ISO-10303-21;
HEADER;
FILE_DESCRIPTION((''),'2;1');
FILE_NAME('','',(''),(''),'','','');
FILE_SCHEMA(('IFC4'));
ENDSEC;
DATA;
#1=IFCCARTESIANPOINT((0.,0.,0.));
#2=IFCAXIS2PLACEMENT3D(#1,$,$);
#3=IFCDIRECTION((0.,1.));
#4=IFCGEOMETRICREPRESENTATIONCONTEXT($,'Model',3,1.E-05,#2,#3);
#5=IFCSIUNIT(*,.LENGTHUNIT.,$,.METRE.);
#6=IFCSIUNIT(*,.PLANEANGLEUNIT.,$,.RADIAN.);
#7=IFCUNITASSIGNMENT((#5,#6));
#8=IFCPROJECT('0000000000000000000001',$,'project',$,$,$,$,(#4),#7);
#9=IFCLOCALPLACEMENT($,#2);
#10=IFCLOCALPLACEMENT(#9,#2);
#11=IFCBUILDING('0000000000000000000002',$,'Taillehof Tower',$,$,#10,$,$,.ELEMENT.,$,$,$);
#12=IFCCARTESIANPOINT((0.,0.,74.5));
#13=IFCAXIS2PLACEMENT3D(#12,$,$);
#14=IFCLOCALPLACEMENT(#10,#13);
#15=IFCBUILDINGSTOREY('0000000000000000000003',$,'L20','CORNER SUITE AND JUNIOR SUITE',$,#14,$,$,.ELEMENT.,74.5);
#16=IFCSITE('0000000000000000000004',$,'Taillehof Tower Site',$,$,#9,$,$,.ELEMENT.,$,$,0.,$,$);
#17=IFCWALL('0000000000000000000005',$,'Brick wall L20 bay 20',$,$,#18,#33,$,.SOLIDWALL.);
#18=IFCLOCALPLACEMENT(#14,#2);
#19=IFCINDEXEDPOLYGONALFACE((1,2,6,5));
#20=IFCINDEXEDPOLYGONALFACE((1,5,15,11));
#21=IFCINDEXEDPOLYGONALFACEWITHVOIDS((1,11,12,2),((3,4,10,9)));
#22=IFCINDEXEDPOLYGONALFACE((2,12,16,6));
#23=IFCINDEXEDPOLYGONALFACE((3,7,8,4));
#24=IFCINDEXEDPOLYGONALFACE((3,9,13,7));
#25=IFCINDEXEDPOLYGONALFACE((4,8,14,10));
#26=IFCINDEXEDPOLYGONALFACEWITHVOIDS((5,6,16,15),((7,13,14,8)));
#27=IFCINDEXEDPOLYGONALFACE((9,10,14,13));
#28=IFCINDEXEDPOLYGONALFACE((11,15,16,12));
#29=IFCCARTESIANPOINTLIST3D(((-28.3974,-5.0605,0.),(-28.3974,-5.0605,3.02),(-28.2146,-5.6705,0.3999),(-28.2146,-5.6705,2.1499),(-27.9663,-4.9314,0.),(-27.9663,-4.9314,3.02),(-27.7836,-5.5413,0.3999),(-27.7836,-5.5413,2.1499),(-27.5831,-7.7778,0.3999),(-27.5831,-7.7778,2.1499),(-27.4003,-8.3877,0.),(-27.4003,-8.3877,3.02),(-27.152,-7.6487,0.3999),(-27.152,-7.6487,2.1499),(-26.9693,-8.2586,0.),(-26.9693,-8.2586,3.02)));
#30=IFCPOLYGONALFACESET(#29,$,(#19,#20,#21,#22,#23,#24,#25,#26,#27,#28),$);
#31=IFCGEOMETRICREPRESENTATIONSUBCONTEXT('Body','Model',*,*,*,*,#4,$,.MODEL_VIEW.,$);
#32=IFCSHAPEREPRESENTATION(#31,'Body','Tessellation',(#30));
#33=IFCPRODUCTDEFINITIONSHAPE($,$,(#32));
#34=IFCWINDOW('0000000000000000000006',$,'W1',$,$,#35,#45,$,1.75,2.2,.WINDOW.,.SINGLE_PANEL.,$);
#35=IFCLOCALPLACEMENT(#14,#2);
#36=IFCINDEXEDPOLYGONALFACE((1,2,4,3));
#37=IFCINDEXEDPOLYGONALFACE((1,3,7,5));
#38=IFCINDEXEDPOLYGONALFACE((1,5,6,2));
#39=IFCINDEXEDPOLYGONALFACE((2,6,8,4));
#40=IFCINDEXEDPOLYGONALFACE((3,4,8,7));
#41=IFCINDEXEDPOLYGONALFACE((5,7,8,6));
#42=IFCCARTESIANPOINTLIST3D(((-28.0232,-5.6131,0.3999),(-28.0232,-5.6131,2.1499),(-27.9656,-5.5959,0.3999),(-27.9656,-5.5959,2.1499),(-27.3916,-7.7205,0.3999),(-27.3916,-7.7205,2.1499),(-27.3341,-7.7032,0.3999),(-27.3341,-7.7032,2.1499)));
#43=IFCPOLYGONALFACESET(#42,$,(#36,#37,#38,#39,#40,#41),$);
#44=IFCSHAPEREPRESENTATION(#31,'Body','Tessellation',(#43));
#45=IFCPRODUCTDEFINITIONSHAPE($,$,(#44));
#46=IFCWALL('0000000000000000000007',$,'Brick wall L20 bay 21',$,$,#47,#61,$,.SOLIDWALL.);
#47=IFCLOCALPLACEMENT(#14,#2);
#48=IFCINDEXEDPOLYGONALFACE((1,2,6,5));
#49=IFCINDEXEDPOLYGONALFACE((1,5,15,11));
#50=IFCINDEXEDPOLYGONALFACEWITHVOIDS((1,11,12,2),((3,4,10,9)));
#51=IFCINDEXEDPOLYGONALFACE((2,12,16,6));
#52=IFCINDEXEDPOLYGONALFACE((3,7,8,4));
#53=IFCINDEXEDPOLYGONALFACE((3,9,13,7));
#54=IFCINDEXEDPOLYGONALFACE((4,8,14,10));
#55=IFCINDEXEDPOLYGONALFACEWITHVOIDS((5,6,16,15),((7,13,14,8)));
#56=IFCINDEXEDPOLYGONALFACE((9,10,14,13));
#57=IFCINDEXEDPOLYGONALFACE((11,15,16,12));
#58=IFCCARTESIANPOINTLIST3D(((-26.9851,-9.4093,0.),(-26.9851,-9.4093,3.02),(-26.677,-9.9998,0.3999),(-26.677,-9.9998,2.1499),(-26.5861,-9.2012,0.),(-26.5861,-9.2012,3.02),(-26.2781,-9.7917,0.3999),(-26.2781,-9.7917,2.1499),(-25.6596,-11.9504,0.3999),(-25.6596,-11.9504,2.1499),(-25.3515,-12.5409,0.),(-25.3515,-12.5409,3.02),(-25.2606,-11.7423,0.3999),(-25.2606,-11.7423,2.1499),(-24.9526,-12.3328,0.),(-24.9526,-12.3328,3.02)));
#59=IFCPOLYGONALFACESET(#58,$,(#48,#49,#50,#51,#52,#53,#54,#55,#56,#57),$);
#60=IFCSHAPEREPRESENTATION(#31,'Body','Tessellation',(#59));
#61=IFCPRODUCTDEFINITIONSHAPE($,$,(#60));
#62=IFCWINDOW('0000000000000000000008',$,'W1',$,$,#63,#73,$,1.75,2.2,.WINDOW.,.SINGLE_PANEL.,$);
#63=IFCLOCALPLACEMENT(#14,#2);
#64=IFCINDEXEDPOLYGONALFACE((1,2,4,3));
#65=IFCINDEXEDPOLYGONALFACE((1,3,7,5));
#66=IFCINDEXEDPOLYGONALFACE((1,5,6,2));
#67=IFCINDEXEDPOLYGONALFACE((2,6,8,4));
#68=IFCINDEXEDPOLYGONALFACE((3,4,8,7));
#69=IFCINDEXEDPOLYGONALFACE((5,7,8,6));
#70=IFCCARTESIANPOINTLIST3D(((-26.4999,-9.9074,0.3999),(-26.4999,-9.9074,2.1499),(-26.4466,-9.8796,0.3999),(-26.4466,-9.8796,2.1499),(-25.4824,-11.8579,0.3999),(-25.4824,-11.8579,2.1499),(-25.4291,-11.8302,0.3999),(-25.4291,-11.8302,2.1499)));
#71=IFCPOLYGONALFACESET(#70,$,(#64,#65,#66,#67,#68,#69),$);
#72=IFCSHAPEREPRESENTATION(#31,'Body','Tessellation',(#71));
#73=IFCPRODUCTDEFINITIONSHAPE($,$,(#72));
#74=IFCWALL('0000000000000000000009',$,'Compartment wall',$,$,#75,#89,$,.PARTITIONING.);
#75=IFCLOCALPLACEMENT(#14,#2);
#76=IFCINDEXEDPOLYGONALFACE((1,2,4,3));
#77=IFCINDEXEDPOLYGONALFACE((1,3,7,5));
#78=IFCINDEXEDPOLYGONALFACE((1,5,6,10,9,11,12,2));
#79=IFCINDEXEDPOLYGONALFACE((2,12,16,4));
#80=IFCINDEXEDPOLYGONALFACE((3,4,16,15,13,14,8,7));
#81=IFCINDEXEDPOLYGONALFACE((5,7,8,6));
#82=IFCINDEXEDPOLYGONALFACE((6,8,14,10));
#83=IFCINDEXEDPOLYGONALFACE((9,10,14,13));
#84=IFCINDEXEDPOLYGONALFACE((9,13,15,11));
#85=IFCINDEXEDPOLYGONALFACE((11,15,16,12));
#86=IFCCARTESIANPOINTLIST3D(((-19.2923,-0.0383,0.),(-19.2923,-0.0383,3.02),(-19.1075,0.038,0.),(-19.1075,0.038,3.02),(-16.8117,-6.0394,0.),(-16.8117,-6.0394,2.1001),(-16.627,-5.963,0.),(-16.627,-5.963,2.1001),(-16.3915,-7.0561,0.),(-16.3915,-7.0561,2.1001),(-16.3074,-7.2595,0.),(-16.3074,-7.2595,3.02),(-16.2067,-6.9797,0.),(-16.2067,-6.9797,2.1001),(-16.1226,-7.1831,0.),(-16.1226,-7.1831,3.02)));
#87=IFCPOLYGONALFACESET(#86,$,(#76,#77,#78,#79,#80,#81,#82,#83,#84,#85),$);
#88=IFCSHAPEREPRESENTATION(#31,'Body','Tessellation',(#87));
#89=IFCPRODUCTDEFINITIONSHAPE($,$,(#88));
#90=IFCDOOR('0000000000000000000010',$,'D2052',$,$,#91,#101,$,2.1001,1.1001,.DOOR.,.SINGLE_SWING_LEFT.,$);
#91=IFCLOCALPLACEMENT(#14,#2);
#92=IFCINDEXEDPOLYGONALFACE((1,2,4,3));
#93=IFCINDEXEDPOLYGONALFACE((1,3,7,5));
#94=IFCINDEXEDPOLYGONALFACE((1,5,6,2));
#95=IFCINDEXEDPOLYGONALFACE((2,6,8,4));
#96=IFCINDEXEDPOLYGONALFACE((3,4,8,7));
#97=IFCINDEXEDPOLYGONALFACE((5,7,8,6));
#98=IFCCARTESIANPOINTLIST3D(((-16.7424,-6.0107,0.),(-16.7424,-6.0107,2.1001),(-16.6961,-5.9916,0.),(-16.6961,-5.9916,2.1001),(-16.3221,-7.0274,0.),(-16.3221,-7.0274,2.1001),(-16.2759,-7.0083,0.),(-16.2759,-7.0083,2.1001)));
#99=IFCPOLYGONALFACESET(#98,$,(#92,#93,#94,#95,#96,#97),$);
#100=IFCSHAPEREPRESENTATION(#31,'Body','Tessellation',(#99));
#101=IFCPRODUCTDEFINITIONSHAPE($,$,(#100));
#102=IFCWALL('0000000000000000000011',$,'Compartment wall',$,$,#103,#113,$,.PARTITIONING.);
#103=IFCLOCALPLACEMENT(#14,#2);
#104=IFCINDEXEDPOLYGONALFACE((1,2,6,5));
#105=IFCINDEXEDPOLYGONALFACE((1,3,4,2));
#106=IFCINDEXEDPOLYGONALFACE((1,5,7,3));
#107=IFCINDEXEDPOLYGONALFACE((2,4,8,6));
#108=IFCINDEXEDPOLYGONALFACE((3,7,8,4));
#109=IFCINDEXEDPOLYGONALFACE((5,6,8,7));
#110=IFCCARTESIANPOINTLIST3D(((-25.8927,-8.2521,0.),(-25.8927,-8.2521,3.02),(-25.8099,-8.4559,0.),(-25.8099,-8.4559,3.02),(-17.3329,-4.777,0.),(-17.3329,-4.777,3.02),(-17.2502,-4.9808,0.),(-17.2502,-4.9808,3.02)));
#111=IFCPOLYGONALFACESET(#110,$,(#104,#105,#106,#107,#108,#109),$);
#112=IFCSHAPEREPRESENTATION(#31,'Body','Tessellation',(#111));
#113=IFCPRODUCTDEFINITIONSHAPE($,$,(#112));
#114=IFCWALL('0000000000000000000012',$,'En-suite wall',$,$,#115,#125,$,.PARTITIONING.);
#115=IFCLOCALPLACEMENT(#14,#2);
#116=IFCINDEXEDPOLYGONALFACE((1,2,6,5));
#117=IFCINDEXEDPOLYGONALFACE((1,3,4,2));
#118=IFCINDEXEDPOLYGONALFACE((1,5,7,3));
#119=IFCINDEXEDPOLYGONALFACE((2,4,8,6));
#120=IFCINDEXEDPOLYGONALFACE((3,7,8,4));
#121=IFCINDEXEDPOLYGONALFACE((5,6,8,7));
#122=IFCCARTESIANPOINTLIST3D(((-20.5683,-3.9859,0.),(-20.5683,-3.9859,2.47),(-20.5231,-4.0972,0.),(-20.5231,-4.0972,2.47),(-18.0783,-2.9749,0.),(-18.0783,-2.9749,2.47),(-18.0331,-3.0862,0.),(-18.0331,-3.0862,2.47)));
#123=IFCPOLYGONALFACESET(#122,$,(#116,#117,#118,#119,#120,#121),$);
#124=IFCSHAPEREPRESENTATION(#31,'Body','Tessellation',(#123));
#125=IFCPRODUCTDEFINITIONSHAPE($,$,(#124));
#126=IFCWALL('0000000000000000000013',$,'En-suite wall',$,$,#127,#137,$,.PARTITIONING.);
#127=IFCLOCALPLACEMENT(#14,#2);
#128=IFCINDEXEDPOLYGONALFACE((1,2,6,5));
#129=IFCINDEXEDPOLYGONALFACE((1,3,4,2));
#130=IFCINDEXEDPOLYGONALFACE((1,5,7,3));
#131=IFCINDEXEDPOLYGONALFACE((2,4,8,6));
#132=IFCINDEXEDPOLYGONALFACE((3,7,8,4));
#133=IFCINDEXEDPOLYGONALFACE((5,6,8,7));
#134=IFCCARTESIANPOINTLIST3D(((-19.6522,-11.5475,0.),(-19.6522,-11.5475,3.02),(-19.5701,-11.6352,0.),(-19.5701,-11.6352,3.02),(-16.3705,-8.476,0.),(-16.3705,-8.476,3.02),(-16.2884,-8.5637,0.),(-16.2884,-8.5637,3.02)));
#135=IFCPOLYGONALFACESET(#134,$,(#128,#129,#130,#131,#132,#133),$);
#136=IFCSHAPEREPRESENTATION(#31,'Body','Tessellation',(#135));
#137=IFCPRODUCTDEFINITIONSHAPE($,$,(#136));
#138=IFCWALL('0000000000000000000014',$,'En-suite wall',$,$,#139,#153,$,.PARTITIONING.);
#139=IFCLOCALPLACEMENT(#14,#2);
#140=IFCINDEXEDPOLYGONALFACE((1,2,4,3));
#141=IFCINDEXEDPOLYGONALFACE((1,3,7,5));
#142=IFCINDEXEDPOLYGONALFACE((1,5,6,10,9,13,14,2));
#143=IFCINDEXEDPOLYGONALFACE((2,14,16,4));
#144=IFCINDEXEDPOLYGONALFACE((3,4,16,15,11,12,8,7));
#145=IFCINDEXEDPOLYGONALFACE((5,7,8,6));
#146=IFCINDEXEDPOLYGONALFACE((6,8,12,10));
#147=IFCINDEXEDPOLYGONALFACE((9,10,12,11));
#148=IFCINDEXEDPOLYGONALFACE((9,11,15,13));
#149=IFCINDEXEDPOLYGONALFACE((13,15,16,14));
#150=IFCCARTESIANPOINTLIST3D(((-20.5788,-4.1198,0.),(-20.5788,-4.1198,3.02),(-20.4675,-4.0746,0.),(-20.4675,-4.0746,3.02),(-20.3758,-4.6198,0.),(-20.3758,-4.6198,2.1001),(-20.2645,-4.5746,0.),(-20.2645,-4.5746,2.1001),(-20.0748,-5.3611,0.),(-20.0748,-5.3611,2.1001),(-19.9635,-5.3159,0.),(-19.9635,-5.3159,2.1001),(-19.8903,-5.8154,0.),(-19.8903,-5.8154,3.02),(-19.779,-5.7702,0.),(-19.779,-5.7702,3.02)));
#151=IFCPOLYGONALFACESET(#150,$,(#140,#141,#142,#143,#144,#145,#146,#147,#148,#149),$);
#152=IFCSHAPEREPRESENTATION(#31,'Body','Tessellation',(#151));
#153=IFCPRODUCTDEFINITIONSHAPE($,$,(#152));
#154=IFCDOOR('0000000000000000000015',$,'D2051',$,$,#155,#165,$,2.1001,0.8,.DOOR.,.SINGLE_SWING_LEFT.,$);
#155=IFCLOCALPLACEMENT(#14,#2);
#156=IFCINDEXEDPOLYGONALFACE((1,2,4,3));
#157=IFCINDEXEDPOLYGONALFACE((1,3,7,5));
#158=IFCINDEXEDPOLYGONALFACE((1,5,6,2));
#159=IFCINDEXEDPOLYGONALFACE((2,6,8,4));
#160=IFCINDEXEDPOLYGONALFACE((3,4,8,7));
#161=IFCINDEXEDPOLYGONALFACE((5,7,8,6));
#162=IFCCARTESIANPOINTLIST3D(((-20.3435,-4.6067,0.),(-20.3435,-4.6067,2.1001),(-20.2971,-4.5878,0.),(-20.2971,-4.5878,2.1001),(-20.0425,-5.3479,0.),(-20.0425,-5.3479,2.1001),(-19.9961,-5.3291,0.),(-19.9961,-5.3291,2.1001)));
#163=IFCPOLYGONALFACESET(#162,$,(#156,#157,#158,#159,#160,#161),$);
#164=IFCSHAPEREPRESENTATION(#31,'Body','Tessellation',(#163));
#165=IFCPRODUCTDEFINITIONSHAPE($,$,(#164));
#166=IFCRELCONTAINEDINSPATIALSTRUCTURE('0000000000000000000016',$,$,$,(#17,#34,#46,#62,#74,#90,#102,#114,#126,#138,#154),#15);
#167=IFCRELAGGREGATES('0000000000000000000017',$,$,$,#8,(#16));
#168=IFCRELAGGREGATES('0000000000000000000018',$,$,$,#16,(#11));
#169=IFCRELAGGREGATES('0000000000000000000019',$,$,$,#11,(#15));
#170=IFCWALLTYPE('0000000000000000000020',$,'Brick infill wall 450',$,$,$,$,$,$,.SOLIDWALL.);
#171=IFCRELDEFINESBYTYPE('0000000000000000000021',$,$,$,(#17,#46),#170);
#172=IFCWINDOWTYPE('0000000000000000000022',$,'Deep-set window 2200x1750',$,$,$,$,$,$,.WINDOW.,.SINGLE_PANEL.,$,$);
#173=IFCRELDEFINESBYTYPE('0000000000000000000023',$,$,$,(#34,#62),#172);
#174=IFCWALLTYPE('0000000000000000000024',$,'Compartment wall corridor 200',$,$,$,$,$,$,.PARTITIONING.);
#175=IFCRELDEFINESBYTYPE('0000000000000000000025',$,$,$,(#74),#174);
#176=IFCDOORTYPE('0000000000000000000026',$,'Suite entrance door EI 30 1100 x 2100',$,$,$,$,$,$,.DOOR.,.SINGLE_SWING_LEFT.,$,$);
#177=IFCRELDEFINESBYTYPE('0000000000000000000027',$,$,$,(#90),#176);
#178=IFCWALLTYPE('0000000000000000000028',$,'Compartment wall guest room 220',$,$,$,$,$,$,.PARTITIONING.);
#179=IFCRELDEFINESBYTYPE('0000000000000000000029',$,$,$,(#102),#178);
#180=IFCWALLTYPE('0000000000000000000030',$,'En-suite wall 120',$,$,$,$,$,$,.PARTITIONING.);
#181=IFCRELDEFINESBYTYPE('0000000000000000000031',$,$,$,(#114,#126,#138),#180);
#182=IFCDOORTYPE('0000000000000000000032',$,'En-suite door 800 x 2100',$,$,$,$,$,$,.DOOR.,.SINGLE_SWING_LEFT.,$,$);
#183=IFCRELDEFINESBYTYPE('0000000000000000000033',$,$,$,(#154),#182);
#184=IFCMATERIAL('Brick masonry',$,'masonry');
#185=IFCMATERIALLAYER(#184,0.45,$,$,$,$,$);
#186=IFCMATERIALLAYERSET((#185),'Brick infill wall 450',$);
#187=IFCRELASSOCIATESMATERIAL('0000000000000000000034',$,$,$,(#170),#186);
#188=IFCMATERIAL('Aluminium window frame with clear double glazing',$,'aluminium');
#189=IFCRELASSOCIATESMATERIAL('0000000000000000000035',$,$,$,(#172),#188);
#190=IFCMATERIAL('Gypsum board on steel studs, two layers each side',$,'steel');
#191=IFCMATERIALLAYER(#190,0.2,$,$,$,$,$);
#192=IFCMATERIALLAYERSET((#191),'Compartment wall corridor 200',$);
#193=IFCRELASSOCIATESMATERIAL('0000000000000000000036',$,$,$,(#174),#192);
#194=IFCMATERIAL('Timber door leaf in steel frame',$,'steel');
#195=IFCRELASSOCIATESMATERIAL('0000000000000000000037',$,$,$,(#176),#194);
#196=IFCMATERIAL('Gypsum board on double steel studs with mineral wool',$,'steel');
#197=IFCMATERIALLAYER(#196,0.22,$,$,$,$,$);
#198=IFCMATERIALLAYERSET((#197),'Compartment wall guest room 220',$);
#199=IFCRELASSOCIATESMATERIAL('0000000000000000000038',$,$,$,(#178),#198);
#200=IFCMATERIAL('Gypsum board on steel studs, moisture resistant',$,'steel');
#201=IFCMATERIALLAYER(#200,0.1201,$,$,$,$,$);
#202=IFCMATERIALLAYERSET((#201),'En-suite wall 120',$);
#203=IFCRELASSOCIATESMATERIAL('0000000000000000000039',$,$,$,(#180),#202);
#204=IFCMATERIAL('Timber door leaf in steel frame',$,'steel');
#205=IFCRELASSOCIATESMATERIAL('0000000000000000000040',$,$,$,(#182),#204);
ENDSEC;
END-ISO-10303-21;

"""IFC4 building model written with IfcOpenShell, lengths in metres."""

from ifc_helpers import new_model, si_unit, direction, frame, frame_2d, origin, place, context, subcontext, project, spatial, rectangle, extrude, material, layer, layer_set, type_object, element, fill, save


model = new_model("IFC4")

# Units and contexts
model_context = context("Model", 3, precision=1e-05, world=origin(), true_north=direction((0.0, 1.0)))
body_context = subcontext(model_context, "Body", "Model", "MODEL_VIEW")
ifc_project = project(units=[si_unit("LENGTHUNIT", "METRE"), si_unit("PLANEANGLEUNIT", "RADIAN")], contexts=[model_context])

# Site, building, storey
site_placement = place(None, origin())
site = spatial("IfcSite", under=ifc_project, at=site_placement, Name="Taillehof Tower Site", CompositionType="ELEMENT", RefElevation=0.0)
building_placement = place(site_placement, origin())
building = spatial("IfcBuilding", under=site, at=building_placement, Name="Taillehof Tower", CompositionType="ELEMENT")
storey_placement = place(building_placement, frame((0.0, 0.0, 74.5)))
storey = spatial("IfcBuildingStorey", under=building, at=storey_placement, Name="L20", Description="CORNER SUITE AND JUNIOR SUITE", CompositionType="ELEMENT", Elevation=74.5)

# Walls, openings, windows
ifc_material_1 = material(Name="Brick masonry", Category="masonry")
ifc_layer_1 = layer(ifc_material_1, 0.45)
ifc_layer_set_1 = layer_set([ifc_layer_1], Name="Brick infill wall 450")
wall_type_1 = type_object("IfcWallType", Name="Brick infill wall 450", PredefinedType="SOLIDWALL", material=ifc_layer_set_1)
ifc_material_2 = material(Name="Aluminium window frame with clear double glazing", Category="aluminium")
window_type = type_object("IfcWindowType", Name="Deep-set window 2200x1750", PartitioningType="SINGLE_PANEL", PredefinedType="WINDOW", material=ifc_material_2)
wall_1_placement = place(storey_placement, frame((-28.1819, -4.9958, 0.0), z_axis=(0.0, 0.0, 1.0), x_axis=(0.287064, -0.957911, 0.0)))
wall_1 = element("IfcWall", 1, at=wall_1_placement, inside=storey, type_object=wall_type_1, Name="Brick wall L20 bay 20", PredefinedType="SOLIDWALL", context=body_context, shape_type="SweptSolid", body=[
    extrude(rectangle(XDim=3.4734, YDim=0.45, at=frame_2d((1.7368, 0.0))), origin(), (0.0, 0.0, 1.0), 3.02),
])
opening_1_placement = place(wall_1_placement, frame((0.6367, 0.0, 0.3999)))
opening_1 = element("IfcOpeningElement", 2, at=opening_1_placement, cuts=wall_1, PredefinedType="OPENING", context=body_context, shape_type="SweptSolid", body=[
    extrude(rectangle(XDim=2.2, YDim=1.75, at=frame_2d((1.1001, 0.875))), frame((0.0, 0.2349, 0.0), z_axis=(0.0, -1.0, 0.0), x_axis=(1.0, 0.0, 0.0)), (0.0, 0.0, 1.0), 0.47),
])
window_1_placement = place(opening_1_placement, origin())
window_1 = element("IfcWindow", 3, at=window_1_placement, inside=storey, type_object=window_type, Name="W1", OverallHeight=1.75, OverallWidth=2.2, PartitioningType="SINGLE_PANEL", PredefinedType="WINDOW", context=body_context, shape_type="SweptSolid", body=[
    extrude(rectangle(XDim=2.2, YDim=1.75, at=frame_2d((1.1001, 0.875))), frame((0.0, 0.0349, 0.0), z_axis=(0.0, -1.0, 0.0), x_axis=(1.0, 0.0, 0.0)), (0.0, 0.0, 1.0), 0.0601),
])
fill(opening_1, window_1)
wall_2_placement = place(storey_placement, frame((-26.7856, -9.3052, 0.0), z_axis=(0.0, 0.0, 1.0), x_axis=(0.462493, -0.886623, 0.0)))
wall_2 = element("IfcWall", 4, at=wall_2_placement, inside=storey, type_object=wall_type_1, Name="Brick wall L20 bay 21", PredefinedType="SOLIDWALL", context=body_context, shape_type="SweptSolid", body=[
    extrude(rectangle(XDim=3.532, YDim=0.45, at=frame_2d((1.7661, 0.0))), origin(), (0.0, 0.0, 1.0), 3.02),
])
opening_2_placement = place(wall_2_placement, frame((0.666, 0.0, 0.3999)))
opening_2 = element("IfcOpeningElement", 5, at=opening_2_placement, cuts=wall_2, PredefinedType="OPENING", context=body_context, shape_type="SweptSolid", body=[
    extrude(rectangle(XDim=2.2, YDim=1.75, at=frame_2d((1.1001, 0.875))), frame((0.0, 0.2349, 0.0), z_axis=(0.0, -1.0, 0.0), x_axis=(1.0, 0.0, 0.0)), (0.0, 0.0, 1.0), 0.47),
])
window_2_placement = place(opening_2_placement, origin())
window_2 = element("IfcWindow", 6, at=window_2_placement, inside=storey, type_object=window_type, Name="W1", OverallHeight=1.75, OverallWidth=2.2, PartitioningType="SINGLE_PANEL", PredefinedType="WINDOW", context=body_context, shape_type="SweptSolid", body=[
    extrude(rectangle(XDim=2.2, YDim=1.75, at=frame_2d((1.1001, 0.875))), frame((0.0, 0.0349, 0.0), z_axis=(0.0, -1.0, 0.0), x_axis=(1.0, 0.0, 0.0)), (0.0, 0.0, 1.0), 0.0601),
])
fill(opening_2, window_2)

# Wall, opening, door
ifc_material_3 = material(Name="Gypsum board on steel studs, two layers each side", Category="steel")
ifc_layer_2 = layer(ifc_material_3, 0.2)
ifc_layer_set_2 = layer_set([ifc_layer_2], Name="Compartment wall corridor 200")
wall_type_2 = type_object("IfcWallType", Name="Compartment wall corridor 200", PredefinedType="PARTITIONING", material=ifc_layer_set_2)
wall_3_placement = place(storey_placement, frame((-16.2151, -7.2212, 0.0), z_axis=(0.0, 0.0, 1.0), x_axis=(-0.382, 0.924162, 0.0)))
wall_3 = element("IfcWall", 7, at=wall_3_placement, inside=storey, type_object=wall_type_2, Name="Compartment wall", PredefinedType="PARTITIONING", context=body_context, shape_type="SweptSolid", body=[
    extrude(rectangle(XDim=7.8137, YDim=0.2, at=frame_2d((3.9067, 0.0))), origin(), (0.0, 0.0, 1.0), 3.02),
])
opening_3_placement = place(wall_3_placement, frame((0.22, 0.0, 0.0)))
opening_3 = element("IfcOpeningElement", 8, at=opening_3_placement, cuts=wall_3, PredefinedType="OPENING", context=body_context, shape_type="SweptSolid", body=[
    extrude(rectangle(XDim=1.1001, YDim=2.1001, at=frame_2d((0.55, 1.05))), frame((0.0, 0.1099, 0.0), z_axis=(0.0, -1.0, 0.0), x_axis=(1.0, 0.0, 0.0)), (0.0, 0.0, 1.0), 0.22),
])
ifc_material_4 = material(Name="Timber door leaf in steel frame", Category="steel")
door_type_1 = type_object("IfcDoorType", Name="Suite entrance door EI 30 1100 x 2100", OperationType="SINGLE_SWING_LEFT", PredefinedType="DOOR", material=ifc_material_4)
door_1_placement = place(opening_3_placement, origin())
door_1 = element("IfcDoor", 9, at=door_1_placement, inside=storey, type_object=door_type_1, Name="D2052", OperationType="SINGLE_SWING_LEFT", OverallHeight=2.1001, OverallWidth=1.1001, PredefinedType="DOOR", context=body_context, shape_type="SweptSolid", body=[
    extrude(rectangle(XDim=1.1001, YDim=2.1001, at=frame_2d((0.55, 1.05))), frame((0.0, 0.0249, 0.0), z_axis=(0.0, -1.0, 0.0), x_axis=(1.0, 0.0, 0.0)), (0.0, 0.0, 1.0), 0.05),
])
fill(opening_3, door_1)

# Walls
ifc_material_5 = material(Name="Gypsum board on double steel studs with mineral wool", Category="steel")
ifc_layer_3 = layer(ifc_material_5, 0.22)
ifc_layer_set_3 = layer_set([ifc_layer_3], Name="Compartment wall guest room 220")
wall_type_3 = type_object("IfcWallType", Name="Compartment wall guest room 220", PredefinedType="PARTITIONING", material=ifc_layer_set_3)
wall_4_placement = place(storey_placement, frame((-25.8513, -8.354, 0.0), z_axis=(0.0, 0.0, 1.0), x_axis=(0.926554, 0.376161, 0.0)))
element("IfcWall", 10, at=wall_4_placement, inside=storey, type_object=wall_type_3, Name="Compartment wall", PredefinedType="PARTITIONING", context=body_context, shape_type="SweptSolid", body=[
    extrude(rectangle(XDim=9.2383, YDim=0.22, at=frame_2d((4.6191, 0.0))), origin(), (0.0, 0.0, 1.0), 3.02),
])
ifc_material_6 = material(Name="Gypsum board on steel studs, moisture resistant", Category="steel")
ifc_layer_4 = layer(ifc_material_6, 0.1201)
ifc_layer_set_4 = layer_set([ifc_layer_4], Name="En-suite wall 120")
wall_type_4 = type_object("IfcWallType", Name="En-suite wall 120", PredefinedType="PARTITIONING", material=ifc_layer_set_4)
wall_5_placement = place(storey_placement, frame((-18.0557, -3.0305, 0.0), z_axis=(0.0, 0.0, 1.0), x_axis=(-0.926541, -0.376194, 0.0)))
element("IfcWall", 11, at=wall_5_placement, inside=storey, type_object=wall_type_4, Name="En-suite wall", PredefinedType="PARTITIONING", context=body_context, shape_type="SweptSolid", body=[
    extrude(rectangle(XDim=2.6875, YDim=0.1201, at=frame_2d((1.3438, 0.0))), origin(), (0.0, 0.0, 1.0), 2.47),
])
wall_6_placement = place(storey_placement, frame((-16.3293, -8.5198, 0.0), z_axis=(0.0, 0.0, 1.0), x_axis=(-0.730103, -0.683337, 0.0)))
element("IfcWall", 12, at=wall_6_placement, inside=storey, type_object=wall_type_4, Name="En-suite wall", PredefinedType="PARTITIONING", context=body_context, shape_type="SweptSolid", body=[
    extrude(rectangle(XDim=4.4949, YDim=0.1201, at=frame_2d((2.2476, 0.0))), origin(), (0.0, 0.0, 1.0), 3.02),
])

# Wall, opening, door
wall_7_placement = place(storey_placement, frame((-20.5232, -4.0972, 0.0), z_axis=(0.0, 0.0, 1.0), x_axis=(0.376216, -0.926532, 0.0)))
wall_7 = element("IfcWall", 13, at=wall_7_placement, inside=storey, type_object=wall_type_4, Name="En-suite wall", PredefinedType="PARTITIONING", context=body_context, shape_type="SweptSolid", body=[
    extrude(rectangle(XDim=1.8301, YDim=0.1201, at=frame_2d((0.915, 0.0))), origin(), (0.0, 0.0, 1.0), 3.02),
])
opening_4_placement = place(wall_7_placement, frame((0.5398, 0.0, 0.0)))
opening_4 = element("IfcOpeningElement", 14, at=opening_4_placement, cuts=wall_7, PredefinedType="OPENING", context=body_context, shape_type="SweptSolid", body=[
    extrude(rectangle(XDim=0.8, YDim=2.1001, at=frame_2d((0.3999, 1.05))), frame((0.0, 0.0701, 0.0), z_axis=(0.0, -1.0, 0.0), x_axis=(1.0, 0.0, 0.0)), (0.0, 0.0, 1.0), 0.1401),
])
ifc_material_7 = material(Name="Timber door leaf in steel frame", Category="steel")
door_type_2 = type_object("IfcDoorType", Name="En-suite door 800 x 2100", OperationType="SINGLE_SWING_LEFT", PredefinedType="DOOR", material=ifc_material_7)
door_2_placement = place(opening_4_placement, origin())
door_2 = element("IfcDoor", 15, at=door_2_placement, inside=storey, type_object=door_type_2, Name="D2051", OperationType="SINGLE_SWING_LEFT", OverallHeight=2.1001, OverallWidth=0.8, PredefinedType="DOOR", context=body_context, shape_type="SweptSolid", body=[
    extrude(rectangle(XDim=0.8, YDim=2.1001, at=frame_2d((0.3999, 1.05))), frame((0.0, 0.0249, 0.0), z_axis=(0.0, -1.0, 0.0), x_axis=(1.0, 0.0, 0.0)), (0.0, 0.0, 1.0), 0.05),
])
fill(opening_4, door_2)

save(model, "model.ifc")
